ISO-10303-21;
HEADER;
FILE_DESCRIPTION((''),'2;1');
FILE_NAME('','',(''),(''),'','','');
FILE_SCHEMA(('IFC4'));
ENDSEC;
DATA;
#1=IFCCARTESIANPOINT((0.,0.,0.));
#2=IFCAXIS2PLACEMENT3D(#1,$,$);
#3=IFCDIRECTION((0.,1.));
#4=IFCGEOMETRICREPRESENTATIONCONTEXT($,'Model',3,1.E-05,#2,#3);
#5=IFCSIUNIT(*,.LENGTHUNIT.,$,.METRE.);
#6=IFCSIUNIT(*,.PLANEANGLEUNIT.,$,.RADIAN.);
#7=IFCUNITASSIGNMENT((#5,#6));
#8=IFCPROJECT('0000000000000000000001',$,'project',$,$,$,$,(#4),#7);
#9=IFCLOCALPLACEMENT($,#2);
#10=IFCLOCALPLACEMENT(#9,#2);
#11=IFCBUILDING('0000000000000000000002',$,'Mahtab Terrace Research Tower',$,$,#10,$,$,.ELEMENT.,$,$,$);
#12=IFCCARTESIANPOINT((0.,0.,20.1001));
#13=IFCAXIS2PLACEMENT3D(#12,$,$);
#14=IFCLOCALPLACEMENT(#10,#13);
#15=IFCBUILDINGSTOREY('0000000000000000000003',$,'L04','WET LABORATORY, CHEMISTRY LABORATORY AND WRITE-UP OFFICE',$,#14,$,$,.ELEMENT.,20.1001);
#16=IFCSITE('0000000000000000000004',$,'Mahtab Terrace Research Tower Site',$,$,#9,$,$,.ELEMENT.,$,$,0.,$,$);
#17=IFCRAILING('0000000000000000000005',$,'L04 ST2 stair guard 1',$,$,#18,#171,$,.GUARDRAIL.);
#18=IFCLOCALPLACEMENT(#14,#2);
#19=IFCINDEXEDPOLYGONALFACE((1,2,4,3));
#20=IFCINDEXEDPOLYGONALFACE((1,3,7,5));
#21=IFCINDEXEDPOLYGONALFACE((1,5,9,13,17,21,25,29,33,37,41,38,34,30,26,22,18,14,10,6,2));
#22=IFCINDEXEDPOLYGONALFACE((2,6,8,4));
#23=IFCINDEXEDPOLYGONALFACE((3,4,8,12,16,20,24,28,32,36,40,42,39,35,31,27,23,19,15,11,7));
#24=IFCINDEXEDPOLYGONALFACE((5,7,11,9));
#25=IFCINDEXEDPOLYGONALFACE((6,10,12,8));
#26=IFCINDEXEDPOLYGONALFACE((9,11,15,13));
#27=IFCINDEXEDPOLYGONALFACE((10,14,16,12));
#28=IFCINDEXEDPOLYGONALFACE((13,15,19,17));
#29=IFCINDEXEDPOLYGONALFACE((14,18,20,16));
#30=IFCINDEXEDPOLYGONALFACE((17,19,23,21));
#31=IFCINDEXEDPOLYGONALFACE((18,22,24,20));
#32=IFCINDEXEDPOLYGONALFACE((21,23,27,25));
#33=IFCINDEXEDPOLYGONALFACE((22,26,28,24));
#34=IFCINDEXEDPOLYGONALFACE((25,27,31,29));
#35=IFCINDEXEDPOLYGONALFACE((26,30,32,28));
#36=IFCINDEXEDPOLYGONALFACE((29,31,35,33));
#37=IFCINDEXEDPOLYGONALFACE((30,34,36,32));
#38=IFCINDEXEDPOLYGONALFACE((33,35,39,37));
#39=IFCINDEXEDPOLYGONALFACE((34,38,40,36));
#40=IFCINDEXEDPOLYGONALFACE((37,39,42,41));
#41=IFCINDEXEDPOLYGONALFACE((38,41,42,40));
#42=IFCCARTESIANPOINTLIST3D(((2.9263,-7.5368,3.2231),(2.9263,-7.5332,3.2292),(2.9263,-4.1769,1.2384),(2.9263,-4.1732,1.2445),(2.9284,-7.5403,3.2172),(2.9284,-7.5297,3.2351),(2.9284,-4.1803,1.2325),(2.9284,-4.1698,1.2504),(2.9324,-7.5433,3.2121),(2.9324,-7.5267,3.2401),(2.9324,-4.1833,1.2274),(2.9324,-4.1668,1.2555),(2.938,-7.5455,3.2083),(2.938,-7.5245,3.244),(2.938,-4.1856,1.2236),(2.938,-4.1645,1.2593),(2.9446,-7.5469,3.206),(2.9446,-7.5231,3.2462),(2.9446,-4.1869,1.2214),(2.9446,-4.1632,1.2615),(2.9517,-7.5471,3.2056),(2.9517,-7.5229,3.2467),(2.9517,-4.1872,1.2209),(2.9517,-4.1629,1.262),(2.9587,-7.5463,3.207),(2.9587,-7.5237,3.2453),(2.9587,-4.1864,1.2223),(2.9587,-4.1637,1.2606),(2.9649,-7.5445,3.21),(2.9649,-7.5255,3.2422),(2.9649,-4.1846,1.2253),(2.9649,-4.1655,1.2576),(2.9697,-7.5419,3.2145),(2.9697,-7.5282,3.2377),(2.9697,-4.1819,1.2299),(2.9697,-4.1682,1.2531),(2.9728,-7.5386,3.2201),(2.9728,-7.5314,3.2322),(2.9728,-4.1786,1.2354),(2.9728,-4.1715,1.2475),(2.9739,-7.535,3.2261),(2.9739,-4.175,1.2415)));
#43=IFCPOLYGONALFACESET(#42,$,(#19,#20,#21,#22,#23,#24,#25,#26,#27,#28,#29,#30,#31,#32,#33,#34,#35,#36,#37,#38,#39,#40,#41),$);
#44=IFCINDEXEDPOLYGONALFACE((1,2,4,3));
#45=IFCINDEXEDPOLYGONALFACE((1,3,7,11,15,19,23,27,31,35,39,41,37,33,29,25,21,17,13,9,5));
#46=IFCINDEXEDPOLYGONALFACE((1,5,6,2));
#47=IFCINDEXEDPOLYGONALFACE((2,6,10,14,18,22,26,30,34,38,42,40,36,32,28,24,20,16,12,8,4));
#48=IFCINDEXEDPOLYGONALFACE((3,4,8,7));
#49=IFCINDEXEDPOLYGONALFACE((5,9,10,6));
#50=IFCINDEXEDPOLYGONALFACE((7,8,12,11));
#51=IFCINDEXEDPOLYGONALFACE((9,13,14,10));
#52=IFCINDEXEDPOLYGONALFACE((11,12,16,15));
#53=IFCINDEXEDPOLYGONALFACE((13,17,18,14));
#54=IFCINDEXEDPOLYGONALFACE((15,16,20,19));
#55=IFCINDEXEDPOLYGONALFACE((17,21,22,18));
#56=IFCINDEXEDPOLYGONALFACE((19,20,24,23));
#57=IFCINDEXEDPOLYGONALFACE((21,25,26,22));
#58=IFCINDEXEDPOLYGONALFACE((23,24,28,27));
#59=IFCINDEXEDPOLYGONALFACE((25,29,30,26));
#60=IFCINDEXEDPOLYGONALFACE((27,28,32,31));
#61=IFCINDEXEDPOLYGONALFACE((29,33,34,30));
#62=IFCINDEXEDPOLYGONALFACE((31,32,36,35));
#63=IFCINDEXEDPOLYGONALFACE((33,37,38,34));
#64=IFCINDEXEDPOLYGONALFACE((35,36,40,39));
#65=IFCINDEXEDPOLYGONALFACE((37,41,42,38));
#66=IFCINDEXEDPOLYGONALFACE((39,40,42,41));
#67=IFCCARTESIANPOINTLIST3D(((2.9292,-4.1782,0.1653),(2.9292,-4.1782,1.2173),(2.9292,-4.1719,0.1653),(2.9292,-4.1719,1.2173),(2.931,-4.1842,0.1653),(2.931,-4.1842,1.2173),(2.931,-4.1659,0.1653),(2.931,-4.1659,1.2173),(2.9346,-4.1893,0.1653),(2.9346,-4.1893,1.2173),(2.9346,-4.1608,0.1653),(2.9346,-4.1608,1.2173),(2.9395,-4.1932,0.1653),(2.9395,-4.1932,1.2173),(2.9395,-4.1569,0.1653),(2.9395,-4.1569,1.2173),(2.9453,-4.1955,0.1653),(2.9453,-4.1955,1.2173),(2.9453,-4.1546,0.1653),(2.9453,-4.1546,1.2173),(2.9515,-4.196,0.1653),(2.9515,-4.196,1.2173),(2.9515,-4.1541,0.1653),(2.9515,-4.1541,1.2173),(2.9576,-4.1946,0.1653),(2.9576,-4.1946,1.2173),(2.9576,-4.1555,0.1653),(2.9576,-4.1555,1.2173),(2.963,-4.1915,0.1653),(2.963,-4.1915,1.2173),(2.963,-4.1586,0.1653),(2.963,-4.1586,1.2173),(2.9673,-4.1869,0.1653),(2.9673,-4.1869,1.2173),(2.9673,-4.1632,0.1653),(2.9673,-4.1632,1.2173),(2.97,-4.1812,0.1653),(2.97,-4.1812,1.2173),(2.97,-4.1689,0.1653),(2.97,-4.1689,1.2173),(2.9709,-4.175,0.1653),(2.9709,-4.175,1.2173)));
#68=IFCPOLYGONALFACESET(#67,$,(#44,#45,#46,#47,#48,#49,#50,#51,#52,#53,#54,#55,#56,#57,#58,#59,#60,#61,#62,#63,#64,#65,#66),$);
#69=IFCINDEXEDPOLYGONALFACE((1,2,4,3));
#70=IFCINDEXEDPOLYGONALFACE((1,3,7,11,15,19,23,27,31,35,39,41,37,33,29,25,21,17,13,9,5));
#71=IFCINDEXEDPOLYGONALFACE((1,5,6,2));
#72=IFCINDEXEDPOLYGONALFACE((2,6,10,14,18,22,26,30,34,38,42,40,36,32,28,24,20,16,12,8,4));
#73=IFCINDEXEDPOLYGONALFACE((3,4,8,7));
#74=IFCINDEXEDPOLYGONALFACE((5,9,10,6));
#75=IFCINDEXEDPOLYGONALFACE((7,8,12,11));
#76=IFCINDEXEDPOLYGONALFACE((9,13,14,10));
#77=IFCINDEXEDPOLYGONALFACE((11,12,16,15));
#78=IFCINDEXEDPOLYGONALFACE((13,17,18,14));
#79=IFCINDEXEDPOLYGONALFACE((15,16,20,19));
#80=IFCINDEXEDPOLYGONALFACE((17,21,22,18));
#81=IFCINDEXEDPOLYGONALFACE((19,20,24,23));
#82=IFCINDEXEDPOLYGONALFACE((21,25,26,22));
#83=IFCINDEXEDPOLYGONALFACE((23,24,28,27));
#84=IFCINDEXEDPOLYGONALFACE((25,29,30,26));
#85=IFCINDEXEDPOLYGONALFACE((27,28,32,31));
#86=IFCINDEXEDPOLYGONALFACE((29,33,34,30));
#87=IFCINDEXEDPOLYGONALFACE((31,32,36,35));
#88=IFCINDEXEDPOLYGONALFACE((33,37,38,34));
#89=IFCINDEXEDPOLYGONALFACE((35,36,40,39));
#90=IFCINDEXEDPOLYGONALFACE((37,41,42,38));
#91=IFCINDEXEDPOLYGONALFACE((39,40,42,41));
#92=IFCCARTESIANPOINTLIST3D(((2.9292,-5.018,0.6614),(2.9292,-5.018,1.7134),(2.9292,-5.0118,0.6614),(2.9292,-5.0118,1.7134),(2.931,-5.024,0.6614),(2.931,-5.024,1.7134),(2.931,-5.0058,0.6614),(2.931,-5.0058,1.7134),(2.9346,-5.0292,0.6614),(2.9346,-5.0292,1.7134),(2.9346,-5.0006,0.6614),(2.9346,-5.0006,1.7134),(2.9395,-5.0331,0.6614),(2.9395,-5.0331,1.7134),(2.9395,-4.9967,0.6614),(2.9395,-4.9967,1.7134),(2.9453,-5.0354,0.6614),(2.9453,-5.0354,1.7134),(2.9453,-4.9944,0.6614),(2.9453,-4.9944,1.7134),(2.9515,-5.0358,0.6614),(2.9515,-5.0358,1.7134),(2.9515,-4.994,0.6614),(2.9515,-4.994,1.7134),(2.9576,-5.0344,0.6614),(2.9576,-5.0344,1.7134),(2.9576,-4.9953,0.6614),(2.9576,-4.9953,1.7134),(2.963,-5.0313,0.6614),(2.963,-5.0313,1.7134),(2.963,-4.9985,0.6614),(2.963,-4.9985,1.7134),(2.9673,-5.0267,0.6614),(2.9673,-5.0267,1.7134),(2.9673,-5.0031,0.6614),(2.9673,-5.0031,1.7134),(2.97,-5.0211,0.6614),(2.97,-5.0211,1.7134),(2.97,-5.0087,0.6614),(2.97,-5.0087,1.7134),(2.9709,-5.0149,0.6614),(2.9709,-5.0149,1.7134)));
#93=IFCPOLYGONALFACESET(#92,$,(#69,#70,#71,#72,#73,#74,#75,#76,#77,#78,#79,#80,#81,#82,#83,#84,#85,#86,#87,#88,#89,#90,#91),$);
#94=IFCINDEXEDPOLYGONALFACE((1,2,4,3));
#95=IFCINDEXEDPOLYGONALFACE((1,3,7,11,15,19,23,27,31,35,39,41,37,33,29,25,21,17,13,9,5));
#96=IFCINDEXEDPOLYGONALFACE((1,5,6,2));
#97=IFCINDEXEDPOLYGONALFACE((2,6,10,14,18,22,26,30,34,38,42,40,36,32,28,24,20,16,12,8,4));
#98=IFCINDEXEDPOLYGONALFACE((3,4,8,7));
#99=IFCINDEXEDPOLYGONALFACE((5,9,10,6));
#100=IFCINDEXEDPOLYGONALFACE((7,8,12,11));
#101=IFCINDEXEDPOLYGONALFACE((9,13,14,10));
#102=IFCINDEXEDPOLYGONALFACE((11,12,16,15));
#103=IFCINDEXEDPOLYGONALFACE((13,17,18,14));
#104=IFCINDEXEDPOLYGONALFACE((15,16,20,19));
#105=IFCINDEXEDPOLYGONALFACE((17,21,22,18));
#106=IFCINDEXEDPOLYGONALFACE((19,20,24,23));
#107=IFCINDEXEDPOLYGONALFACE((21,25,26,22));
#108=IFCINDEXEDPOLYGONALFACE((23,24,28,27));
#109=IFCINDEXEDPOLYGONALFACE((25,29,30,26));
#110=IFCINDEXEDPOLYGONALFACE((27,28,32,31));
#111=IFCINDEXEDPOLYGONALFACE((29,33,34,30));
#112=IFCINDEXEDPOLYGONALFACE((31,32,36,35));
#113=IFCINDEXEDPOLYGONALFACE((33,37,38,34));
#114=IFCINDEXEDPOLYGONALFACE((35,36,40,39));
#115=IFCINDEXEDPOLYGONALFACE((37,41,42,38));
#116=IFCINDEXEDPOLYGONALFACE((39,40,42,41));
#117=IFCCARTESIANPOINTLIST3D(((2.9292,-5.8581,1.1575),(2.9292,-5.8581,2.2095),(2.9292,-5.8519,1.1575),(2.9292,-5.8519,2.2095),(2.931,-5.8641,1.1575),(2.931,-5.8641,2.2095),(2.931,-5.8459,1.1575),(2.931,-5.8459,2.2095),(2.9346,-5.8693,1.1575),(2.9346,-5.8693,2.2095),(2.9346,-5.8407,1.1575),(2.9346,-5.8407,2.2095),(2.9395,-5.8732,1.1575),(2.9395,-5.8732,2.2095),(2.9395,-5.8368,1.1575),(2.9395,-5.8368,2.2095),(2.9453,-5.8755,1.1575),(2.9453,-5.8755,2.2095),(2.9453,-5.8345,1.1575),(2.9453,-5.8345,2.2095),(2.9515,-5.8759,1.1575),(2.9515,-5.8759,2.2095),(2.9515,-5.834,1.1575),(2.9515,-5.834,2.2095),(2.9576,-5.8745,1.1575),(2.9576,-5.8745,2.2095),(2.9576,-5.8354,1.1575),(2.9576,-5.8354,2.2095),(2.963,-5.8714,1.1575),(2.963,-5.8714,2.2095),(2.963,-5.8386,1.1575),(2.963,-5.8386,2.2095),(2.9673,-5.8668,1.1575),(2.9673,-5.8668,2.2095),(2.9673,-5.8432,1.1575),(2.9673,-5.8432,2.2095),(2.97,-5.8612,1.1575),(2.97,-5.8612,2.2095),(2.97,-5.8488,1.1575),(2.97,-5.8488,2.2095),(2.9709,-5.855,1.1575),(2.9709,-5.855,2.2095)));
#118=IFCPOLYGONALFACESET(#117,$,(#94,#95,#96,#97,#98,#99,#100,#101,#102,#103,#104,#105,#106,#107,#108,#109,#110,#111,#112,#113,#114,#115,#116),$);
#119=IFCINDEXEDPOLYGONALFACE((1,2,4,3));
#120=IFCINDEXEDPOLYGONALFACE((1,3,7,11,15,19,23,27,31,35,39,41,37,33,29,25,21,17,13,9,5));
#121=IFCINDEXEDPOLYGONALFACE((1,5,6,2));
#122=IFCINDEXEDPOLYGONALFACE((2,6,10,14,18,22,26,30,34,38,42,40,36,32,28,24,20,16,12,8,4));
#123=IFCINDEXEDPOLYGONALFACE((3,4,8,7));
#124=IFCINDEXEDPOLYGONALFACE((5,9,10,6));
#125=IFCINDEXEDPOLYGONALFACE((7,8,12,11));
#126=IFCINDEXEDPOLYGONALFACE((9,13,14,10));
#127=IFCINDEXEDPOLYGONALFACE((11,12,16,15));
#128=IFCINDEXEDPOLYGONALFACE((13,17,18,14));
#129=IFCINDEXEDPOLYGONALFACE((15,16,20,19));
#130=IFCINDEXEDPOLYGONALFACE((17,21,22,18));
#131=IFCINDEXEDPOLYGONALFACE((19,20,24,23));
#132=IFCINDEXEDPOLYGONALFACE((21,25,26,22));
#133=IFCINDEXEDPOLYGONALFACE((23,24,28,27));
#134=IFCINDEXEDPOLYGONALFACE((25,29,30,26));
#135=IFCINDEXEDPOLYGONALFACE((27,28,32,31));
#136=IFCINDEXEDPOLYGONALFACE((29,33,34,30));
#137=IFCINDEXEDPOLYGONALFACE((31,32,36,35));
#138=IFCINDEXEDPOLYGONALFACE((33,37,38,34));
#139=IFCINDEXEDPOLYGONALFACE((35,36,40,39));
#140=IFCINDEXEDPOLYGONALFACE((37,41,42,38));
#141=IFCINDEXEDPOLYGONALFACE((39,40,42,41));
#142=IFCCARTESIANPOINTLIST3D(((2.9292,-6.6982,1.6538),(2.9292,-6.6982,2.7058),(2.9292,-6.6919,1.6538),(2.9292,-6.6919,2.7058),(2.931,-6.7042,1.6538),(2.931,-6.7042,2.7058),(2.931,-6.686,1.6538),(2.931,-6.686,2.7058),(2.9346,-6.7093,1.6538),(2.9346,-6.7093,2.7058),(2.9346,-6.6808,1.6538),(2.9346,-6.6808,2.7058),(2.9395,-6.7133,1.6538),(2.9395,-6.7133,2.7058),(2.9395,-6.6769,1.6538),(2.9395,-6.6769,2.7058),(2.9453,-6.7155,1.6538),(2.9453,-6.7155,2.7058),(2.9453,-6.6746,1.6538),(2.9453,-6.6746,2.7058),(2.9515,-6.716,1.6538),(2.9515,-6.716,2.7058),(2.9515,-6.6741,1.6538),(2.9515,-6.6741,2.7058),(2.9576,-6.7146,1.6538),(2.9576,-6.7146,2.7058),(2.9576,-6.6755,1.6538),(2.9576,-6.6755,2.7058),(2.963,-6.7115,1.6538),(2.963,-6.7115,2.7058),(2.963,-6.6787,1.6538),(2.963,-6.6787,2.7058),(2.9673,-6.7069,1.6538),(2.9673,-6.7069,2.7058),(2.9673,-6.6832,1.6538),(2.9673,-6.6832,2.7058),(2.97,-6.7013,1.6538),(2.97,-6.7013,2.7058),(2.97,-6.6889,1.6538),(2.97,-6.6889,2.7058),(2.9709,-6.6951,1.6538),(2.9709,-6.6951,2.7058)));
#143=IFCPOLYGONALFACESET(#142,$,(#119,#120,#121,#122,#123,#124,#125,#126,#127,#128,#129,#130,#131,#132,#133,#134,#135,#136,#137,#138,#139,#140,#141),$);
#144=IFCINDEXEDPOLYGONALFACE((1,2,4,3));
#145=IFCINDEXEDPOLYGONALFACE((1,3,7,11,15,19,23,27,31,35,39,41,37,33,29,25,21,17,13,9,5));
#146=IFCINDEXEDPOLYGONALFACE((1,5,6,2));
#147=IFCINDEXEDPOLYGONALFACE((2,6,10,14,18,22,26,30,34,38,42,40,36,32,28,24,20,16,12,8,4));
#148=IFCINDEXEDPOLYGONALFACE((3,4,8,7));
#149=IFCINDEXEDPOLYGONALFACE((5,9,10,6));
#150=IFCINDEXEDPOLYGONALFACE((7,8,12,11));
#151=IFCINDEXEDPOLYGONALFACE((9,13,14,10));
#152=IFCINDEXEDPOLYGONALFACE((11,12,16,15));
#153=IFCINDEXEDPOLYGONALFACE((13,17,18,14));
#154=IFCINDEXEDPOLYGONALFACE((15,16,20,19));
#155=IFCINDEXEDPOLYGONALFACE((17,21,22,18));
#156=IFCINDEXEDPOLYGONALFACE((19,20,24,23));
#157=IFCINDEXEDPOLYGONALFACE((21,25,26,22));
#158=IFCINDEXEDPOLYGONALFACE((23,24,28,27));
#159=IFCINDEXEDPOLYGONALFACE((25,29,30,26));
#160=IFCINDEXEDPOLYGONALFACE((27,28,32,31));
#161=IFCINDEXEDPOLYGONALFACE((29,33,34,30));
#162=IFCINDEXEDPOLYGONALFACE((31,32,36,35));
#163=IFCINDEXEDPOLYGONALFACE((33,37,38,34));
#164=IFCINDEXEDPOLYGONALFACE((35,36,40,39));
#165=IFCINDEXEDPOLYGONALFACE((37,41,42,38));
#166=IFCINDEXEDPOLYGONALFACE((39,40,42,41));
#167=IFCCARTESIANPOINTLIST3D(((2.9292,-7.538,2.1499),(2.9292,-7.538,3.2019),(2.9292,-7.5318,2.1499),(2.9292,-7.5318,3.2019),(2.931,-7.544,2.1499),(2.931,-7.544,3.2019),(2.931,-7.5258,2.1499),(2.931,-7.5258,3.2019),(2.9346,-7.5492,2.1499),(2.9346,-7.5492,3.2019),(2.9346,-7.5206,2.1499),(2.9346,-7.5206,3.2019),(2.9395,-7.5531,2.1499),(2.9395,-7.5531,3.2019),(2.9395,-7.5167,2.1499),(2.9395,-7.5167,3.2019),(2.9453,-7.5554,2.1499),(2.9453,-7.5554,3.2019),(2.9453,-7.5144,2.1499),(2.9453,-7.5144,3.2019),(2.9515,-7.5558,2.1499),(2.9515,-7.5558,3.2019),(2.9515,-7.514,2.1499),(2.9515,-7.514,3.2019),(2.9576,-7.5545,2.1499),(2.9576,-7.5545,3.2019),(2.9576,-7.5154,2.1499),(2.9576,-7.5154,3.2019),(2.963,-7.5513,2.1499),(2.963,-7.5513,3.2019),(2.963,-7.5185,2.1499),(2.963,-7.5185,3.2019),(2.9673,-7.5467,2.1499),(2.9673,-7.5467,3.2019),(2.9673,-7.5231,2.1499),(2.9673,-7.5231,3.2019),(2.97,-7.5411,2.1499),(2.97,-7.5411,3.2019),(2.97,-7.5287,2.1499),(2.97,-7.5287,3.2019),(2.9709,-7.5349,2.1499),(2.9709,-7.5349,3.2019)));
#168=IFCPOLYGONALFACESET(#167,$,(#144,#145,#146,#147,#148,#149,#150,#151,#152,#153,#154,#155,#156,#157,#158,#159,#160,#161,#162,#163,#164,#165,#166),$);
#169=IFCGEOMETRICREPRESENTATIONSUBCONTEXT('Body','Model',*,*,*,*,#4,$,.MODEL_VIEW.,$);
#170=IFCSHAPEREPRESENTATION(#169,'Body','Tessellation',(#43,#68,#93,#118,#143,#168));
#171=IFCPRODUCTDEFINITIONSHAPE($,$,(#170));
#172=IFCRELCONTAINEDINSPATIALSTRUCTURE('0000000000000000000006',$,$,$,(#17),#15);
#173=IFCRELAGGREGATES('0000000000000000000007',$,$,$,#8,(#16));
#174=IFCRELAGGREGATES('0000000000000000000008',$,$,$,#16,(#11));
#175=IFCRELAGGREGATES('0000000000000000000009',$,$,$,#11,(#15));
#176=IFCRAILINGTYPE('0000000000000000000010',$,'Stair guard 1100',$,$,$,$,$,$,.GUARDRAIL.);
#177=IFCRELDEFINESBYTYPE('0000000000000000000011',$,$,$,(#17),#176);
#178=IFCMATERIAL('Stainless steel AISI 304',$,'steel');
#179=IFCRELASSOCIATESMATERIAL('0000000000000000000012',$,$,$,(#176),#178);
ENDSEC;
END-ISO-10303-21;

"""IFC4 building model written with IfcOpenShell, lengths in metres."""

from ifc_helpers import new_model, si_unit, direction, frame, origin, origin_2d, place, context, subcontext, project, spatial, circle, extrude, material, type_object, element, save


model = new_model("IFC4")

# Units and contexts
model_context = context("Model", 3, precision=1e-05, world=origin(), true_north=direction((0.0, 1.0)))
body_context = subcontext(model_context, "Body", "Model", "MODEL_VIEW")
ifc_project = project(units=[si_unit("LENGTHUNIT", "METRE"), si_unit("PLANEANGLEUNIT", "RADIAN")], contexts=[model_context])

# Site, building, storey
site_placement = place(None, origin())
site = spatial("IfcSite", under=ifc_project, at=site_placement, Name="Mahtab Terrace Research Tower Site", CompositionType="ELEMENT", RefElevation=0.0)
building_placement = place(site_placement, origin())
building = spatial("IfcBuilding", under=site, at=building_placement, Name="Mahtab Terrace Research Tower", CompositionType="ELEMENT")
storey_placement = place(building_placement, frame((0.0, 0.0, 20.1001)))
storey = spatial("IfcBuildingStorey", under=building, at=storey_placement, Name="L04", Description="WET LABORATORY, CHEMISTRY LABORATORY AND WRITE-UP OFFICE", CompositionType="ELEMENT", Elevation=20.1001)

# Railing
ifc_material_1 = material(Name="Stainless steel AISI 304", Category="steel")
railing_type_1 = type_object("IfcRailingType", Name="Stair guard 1100", PredefinedType="GUARDRAIL", material=ifc_material_1)
railing_1_placement = place(storey_placement, frame((2.95, -4.175, 0.1653)))
element("IfcRailing", 1, at=railing_1_placement, inside=storey, type_object=railing_type_1, Name="L04 ST2 stair guard 1", PredefinedType="GUARDRAIL", context=body_context, shape_type="SweptSolid", body=[
    extrude(circle(Radius=0.0239, at=origin_2d()), frame((0.0, 0.0, 1.0762), z_axis=(0.0, -0.861011, 0.508586), x_axis=(1.0, 0.0, 0.0)), (0.0, 0.0, 1.0), 3.9023),
    extrude(circle(Radius=0.021, at=origin_2d()), origin(), (0.0, 0.0, 1.0), 1.052),
    extrude(circle(Radius=0.021, at=origin_2d()), frame((0.0, -0.8398, 0.4961)), (0.0, 0.0, 1.0), 1.052),
    extrude(circle(Radius=0.021, at=origin_2d()), frame((0.0, -1.6799, 0.9922)), (0.0, 0.0, 1.0), 1.052),
    extrude(circle(Radius=0.021, at=origin_2d()), frame((0.0, -2.52, 1.4885)), (0.0, 0.0, 1.0), 1.052),
    extrude(circle(Radius=0.021, at=origin_2d()), frame((0.0, -3.3599, 1.9846)), (0.0, 0.0, 1.0), 1.052),
])

save(model, "model.ifc")
